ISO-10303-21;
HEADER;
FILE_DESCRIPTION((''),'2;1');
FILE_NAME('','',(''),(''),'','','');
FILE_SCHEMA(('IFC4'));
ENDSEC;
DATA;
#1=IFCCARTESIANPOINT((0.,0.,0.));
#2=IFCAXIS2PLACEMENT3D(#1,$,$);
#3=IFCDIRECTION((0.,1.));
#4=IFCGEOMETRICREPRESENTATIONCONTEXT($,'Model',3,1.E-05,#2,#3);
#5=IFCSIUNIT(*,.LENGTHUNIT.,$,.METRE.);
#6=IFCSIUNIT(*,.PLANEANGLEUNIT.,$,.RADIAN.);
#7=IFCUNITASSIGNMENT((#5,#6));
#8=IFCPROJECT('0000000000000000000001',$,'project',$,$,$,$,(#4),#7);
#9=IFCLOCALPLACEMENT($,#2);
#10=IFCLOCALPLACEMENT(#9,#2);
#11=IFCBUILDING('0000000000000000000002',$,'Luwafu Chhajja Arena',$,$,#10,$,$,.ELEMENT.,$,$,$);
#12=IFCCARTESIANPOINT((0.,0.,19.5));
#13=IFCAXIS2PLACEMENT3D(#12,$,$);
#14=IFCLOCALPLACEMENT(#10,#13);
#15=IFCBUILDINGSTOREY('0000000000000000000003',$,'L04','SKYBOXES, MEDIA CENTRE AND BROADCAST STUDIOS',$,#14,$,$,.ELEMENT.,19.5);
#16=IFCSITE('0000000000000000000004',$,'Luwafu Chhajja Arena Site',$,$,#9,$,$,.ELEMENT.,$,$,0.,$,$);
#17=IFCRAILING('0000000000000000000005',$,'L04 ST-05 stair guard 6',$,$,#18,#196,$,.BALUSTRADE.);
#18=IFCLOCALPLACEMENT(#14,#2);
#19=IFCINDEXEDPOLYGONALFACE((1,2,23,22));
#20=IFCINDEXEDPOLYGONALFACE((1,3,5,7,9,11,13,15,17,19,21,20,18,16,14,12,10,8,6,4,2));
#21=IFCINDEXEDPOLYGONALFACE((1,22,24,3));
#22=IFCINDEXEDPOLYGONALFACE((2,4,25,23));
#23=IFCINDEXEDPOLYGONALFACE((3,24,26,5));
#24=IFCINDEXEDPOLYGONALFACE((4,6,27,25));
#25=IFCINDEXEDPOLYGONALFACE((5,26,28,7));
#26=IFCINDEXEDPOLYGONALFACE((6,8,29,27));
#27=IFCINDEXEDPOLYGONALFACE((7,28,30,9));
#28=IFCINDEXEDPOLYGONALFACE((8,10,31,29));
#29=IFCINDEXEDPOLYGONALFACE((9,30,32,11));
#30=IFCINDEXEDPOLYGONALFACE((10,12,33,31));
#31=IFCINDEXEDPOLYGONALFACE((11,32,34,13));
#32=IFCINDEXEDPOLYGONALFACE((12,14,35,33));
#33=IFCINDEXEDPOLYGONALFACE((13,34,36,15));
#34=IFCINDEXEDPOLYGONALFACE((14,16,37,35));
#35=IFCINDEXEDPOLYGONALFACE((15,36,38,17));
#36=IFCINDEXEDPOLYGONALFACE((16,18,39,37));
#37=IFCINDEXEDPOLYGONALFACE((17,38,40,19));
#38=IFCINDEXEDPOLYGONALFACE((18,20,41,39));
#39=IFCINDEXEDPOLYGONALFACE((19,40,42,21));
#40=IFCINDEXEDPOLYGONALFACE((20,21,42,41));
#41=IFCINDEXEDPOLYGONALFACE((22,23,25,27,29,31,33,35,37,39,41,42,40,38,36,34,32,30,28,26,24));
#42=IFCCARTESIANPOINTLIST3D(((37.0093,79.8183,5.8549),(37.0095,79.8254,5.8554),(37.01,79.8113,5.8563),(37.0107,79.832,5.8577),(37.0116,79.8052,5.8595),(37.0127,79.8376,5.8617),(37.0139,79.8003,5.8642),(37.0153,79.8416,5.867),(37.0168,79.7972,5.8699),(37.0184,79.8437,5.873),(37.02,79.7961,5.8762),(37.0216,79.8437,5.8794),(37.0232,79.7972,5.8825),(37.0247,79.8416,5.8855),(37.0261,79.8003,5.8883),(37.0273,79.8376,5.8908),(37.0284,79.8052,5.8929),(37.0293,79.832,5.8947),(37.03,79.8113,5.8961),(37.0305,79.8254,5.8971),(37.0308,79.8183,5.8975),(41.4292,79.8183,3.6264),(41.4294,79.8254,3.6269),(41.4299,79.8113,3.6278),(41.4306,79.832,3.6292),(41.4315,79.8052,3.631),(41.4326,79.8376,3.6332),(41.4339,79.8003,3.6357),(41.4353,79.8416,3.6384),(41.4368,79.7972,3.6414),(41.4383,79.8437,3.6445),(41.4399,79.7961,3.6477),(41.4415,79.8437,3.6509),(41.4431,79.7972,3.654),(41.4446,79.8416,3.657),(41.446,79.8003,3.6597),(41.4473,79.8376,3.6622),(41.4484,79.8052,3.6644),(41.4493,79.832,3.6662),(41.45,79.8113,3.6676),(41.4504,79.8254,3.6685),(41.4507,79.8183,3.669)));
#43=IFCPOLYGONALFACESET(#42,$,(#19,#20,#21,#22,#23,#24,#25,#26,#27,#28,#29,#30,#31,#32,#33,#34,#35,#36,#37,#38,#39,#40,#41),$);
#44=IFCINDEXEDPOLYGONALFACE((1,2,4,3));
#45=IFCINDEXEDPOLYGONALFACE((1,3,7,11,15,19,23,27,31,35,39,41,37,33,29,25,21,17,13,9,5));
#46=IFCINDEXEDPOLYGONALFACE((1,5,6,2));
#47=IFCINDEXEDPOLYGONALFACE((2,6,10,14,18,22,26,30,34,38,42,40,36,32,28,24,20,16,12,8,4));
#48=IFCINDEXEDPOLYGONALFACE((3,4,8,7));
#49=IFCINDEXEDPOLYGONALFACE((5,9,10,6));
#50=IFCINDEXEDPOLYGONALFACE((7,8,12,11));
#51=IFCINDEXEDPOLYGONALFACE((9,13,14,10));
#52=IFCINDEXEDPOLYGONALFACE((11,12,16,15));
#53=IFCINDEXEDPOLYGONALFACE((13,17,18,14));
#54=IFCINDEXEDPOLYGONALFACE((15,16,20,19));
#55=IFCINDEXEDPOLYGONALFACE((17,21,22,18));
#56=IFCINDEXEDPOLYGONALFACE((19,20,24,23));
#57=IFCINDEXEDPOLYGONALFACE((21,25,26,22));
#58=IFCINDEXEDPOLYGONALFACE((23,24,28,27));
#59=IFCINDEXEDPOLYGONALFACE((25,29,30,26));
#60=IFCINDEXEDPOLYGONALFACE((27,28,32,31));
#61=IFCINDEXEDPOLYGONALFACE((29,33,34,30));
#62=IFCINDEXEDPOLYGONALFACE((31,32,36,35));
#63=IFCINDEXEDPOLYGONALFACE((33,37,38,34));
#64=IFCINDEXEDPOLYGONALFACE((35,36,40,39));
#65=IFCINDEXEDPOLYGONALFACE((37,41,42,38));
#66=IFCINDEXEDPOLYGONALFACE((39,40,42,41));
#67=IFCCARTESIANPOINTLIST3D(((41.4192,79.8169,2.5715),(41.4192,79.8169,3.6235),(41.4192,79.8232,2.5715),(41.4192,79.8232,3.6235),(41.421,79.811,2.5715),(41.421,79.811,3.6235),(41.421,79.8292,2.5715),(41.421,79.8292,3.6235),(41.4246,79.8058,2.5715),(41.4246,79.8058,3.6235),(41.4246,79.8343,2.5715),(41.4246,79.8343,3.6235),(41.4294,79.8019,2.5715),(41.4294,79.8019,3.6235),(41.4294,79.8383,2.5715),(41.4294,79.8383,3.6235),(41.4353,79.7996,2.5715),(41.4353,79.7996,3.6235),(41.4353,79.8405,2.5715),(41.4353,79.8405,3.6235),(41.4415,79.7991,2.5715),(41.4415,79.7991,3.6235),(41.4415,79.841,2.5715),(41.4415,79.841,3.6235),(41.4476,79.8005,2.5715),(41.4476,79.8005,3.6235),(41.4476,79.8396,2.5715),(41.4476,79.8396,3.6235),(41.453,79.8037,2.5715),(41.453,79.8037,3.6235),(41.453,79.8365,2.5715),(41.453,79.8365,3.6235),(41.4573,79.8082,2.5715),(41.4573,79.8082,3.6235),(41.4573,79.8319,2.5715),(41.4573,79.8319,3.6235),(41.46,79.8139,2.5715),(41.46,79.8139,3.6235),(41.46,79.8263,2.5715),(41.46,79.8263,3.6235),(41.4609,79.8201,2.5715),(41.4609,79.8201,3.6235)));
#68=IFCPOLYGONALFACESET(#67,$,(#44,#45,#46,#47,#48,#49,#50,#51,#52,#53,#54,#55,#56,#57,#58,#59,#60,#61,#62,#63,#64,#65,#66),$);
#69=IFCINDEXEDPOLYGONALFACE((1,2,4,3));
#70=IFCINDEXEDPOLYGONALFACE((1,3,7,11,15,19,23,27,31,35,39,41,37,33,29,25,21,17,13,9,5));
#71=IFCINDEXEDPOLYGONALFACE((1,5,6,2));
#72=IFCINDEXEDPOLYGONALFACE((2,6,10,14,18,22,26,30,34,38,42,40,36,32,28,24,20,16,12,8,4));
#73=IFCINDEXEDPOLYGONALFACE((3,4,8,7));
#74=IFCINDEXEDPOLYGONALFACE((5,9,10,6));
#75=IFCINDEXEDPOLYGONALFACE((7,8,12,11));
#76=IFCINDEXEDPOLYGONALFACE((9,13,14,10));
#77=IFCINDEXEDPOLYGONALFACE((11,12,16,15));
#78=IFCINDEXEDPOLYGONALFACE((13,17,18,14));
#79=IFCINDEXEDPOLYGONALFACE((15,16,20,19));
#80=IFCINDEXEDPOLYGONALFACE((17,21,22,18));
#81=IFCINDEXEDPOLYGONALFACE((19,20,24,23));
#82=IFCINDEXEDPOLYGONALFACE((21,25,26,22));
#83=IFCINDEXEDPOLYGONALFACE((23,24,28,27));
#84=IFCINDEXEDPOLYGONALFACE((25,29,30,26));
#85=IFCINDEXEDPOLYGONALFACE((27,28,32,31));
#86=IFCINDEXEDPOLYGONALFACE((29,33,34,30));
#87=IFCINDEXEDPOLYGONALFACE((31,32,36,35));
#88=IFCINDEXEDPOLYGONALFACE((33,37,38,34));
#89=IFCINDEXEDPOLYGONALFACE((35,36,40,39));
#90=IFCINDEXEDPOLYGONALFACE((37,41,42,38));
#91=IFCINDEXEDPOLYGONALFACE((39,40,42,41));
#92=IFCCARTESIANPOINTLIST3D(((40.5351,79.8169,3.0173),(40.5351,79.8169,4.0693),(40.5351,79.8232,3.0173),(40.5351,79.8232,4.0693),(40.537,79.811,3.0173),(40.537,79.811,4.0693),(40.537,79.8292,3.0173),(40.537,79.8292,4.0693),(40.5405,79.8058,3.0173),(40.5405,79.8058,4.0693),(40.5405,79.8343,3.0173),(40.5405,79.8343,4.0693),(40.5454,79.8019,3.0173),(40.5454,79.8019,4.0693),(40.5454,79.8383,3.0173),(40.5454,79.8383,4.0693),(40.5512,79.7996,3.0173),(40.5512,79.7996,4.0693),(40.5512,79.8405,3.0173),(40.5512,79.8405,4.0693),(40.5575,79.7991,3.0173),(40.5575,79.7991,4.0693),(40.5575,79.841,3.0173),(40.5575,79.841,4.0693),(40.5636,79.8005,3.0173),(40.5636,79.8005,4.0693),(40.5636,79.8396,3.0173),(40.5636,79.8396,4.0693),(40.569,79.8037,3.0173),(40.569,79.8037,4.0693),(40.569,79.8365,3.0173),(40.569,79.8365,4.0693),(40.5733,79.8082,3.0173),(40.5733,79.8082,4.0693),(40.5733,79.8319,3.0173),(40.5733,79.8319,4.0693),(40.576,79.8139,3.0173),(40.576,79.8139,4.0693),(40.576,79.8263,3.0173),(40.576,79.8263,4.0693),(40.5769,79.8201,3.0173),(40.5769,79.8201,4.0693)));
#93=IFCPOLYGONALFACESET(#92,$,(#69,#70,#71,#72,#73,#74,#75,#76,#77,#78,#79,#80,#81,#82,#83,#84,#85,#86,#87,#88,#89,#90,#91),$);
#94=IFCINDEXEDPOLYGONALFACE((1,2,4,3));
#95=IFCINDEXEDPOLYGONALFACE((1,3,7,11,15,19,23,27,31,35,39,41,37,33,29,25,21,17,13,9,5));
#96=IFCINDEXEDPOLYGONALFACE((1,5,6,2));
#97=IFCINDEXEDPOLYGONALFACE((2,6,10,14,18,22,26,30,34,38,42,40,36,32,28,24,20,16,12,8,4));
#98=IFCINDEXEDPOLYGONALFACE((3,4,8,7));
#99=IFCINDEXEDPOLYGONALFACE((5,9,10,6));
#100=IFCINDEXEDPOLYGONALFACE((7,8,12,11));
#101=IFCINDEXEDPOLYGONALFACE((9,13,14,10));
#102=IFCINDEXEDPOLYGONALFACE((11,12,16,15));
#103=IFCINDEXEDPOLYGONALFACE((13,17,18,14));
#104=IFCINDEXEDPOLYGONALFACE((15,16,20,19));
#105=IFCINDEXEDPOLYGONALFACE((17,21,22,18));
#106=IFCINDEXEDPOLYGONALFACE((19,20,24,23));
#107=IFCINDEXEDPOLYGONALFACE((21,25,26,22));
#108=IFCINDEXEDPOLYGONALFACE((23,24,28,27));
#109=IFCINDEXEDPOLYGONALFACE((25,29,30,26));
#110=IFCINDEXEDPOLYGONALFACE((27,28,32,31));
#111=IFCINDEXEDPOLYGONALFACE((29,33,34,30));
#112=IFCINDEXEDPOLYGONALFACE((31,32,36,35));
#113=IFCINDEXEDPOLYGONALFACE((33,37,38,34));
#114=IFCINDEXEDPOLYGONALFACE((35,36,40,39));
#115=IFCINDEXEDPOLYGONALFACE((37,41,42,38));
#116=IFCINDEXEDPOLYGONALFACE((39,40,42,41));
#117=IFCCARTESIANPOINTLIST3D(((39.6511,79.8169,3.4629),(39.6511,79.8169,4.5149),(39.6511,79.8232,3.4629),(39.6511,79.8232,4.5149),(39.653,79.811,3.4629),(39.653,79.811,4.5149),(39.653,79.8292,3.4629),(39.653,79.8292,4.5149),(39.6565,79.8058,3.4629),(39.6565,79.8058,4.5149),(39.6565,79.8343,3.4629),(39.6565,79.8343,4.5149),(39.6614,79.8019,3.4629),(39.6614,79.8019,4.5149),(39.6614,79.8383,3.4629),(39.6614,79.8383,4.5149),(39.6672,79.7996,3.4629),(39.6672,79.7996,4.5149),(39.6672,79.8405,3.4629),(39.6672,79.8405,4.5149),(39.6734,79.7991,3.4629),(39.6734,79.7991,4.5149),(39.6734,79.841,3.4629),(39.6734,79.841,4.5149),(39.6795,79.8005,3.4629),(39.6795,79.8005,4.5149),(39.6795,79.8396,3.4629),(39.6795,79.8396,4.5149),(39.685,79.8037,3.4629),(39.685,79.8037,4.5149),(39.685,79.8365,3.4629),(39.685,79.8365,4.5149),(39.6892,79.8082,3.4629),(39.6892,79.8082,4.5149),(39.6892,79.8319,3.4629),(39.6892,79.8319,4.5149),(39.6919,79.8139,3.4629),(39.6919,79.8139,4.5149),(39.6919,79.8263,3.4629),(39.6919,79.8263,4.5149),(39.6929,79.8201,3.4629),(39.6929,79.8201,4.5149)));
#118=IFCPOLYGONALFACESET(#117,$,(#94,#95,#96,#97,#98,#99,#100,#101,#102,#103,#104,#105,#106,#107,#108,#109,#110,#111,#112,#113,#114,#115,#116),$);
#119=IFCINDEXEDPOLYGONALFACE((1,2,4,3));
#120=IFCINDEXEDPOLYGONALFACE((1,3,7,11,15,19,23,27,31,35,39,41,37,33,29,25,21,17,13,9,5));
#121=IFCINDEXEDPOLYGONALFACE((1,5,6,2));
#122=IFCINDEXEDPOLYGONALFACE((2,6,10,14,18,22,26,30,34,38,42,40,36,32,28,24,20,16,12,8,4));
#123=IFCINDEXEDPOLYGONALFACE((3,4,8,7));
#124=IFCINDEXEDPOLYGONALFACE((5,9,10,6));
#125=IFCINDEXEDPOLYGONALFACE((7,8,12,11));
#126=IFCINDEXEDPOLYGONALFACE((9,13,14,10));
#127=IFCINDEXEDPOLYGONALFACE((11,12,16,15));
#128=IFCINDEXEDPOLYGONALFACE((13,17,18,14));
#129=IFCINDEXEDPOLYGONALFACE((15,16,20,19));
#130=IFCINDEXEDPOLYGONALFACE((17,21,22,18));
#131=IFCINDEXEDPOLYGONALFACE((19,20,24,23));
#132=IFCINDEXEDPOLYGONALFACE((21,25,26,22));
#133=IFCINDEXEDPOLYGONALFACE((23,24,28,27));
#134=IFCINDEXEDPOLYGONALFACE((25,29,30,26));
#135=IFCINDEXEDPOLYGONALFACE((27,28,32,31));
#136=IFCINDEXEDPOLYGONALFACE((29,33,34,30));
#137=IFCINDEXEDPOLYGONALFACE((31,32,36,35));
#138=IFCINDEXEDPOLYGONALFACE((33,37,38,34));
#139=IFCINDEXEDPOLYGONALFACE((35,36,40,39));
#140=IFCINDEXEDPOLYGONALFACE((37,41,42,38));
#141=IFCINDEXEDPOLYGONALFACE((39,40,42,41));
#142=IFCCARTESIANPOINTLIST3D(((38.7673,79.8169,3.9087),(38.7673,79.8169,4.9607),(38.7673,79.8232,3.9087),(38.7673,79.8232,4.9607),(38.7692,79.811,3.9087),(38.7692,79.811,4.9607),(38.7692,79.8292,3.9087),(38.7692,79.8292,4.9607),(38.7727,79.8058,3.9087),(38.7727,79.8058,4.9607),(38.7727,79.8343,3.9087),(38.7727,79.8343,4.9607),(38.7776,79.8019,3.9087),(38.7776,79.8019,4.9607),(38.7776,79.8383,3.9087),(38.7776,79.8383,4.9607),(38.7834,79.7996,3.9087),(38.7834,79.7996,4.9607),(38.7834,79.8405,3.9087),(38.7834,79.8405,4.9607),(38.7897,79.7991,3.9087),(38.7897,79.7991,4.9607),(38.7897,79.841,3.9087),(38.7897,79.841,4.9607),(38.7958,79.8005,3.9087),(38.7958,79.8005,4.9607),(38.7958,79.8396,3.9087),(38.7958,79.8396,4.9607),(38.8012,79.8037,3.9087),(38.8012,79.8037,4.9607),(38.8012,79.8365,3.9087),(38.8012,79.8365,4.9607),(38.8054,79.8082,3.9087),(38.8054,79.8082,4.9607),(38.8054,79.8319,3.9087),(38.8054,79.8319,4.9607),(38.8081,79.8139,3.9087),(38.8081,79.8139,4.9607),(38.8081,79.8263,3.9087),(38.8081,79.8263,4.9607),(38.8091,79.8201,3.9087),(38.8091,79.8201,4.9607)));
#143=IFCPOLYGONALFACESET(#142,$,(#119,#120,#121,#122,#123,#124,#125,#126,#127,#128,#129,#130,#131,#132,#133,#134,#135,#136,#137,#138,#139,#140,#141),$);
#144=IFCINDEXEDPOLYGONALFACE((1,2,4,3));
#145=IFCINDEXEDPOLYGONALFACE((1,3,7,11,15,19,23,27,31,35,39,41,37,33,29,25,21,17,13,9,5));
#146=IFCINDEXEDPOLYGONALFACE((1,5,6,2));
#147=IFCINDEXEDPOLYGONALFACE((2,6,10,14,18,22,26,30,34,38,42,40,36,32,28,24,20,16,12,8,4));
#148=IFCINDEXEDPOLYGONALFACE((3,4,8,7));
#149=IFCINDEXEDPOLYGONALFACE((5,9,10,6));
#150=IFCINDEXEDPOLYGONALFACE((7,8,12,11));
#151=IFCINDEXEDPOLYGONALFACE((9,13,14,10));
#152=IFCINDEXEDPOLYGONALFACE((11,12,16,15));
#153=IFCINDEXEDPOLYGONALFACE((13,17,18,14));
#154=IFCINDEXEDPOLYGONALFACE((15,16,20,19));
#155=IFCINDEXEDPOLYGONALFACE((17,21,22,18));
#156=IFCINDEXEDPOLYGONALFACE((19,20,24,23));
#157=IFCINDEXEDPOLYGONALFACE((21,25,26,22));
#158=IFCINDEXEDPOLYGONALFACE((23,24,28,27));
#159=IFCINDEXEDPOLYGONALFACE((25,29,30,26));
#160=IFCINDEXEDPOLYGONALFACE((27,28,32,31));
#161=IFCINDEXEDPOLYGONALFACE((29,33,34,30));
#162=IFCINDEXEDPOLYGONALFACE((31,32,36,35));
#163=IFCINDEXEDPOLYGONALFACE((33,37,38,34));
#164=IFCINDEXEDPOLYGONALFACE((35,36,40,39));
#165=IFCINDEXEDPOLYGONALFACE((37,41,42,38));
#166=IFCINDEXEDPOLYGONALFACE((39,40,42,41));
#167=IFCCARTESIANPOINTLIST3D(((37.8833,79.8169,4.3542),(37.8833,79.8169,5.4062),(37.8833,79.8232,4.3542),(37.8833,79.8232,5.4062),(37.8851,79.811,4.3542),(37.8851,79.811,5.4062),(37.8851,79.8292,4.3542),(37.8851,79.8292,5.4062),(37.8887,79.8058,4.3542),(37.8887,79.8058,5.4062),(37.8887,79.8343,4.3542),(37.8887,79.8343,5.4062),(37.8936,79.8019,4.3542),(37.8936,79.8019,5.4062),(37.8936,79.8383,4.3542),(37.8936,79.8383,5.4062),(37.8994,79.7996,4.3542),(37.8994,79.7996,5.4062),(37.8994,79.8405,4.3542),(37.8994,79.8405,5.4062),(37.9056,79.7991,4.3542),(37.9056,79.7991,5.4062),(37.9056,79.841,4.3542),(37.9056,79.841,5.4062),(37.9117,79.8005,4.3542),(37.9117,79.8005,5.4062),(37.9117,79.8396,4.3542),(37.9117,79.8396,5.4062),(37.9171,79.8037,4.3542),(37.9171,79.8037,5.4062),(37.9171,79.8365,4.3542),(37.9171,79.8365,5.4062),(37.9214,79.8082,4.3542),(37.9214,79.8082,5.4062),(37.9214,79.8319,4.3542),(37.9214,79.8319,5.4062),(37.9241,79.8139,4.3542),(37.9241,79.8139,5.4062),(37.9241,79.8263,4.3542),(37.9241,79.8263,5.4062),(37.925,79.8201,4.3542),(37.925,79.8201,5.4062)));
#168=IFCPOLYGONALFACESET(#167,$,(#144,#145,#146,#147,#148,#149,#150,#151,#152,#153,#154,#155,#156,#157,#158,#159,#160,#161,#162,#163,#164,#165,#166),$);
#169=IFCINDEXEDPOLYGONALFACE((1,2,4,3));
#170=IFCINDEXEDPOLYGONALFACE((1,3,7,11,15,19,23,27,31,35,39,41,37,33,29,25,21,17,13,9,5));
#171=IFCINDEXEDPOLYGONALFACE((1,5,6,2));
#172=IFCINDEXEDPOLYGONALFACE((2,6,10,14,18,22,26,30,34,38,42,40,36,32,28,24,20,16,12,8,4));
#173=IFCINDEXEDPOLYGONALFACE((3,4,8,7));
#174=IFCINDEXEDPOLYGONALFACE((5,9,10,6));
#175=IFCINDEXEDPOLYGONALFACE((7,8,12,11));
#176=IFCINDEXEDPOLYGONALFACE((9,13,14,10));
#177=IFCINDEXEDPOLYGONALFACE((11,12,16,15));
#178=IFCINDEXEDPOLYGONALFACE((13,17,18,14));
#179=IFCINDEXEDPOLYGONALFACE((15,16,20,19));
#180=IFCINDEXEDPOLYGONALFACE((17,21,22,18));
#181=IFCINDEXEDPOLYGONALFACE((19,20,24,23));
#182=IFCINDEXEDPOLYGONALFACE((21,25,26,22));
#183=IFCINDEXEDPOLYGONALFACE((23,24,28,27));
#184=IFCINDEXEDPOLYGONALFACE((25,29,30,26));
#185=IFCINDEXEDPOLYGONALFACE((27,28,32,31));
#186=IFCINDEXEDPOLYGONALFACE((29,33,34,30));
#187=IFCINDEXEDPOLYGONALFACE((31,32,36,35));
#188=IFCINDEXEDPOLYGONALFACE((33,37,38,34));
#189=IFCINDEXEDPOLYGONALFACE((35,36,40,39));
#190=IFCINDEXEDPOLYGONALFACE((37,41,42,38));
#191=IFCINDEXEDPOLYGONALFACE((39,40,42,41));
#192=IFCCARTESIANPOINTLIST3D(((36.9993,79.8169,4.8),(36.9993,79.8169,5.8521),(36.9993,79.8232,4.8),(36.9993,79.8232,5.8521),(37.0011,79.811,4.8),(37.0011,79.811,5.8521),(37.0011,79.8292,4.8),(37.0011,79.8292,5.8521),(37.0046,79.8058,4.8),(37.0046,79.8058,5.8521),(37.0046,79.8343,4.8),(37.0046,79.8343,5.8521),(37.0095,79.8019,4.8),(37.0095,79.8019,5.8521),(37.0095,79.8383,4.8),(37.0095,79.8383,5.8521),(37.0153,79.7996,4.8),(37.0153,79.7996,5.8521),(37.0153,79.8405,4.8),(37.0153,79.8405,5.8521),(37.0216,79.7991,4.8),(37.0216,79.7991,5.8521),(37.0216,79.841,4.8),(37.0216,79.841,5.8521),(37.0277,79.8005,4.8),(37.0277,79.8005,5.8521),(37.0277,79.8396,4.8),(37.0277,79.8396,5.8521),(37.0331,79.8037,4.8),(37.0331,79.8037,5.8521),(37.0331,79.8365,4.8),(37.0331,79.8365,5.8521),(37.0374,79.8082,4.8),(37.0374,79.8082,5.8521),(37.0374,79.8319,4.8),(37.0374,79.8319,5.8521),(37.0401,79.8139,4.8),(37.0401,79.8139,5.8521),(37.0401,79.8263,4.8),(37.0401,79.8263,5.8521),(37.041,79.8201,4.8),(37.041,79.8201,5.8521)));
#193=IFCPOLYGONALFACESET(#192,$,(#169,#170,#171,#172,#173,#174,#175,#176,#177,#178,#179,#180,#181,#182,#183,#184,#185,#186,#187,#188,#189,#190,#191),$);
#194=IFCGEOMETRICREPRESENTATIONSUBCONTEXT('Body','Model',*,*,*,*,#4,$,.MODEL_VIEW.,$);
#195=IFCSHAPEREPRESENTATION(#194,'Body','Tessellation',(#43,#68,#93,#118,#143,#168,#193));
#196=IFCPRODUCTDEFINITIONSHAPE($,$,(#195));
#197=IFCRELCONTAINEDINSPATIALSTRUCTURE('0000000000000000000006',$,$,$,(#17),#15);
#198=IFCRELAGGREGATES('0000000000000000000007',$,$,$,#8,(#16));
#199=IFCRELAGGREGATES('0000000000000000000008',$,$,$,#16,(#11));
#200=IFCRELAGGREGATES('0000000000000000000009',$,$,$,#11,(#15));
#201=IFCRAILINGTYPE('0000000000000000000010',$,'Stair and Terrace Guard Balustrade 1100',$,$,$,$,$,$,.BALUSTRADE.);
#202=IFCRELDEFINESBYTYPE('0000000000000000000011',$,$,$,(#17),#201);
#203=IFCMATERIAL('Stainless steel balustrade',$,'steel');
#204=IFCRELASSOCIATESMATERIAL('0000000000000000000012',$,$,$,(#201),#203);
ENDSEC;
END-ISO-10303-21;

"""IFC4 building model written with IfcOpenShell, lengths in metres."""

from ifc_helpers import new_model, si_unit, direction, frame, origin, origin_2d, place, context, subcontext, project, spatial, circle, extrude, material, type_object, element, save


model = new_model("IFC4")

# Units and contexts
model_context = context("Model", 3, precision=1e-05, world=origin(), true_north=direction((0.0, 1.0)))
body_context = subcontext(model_context, "Body", "Model", "MODEL_VIEW")
ifc_project = project(units=[si_unit("LENGTHUNIT", "METRE"), si_unit("PLANEANGLEUNIT", "RADIAN")], contexts=[model_context])

# Site, building, storey
site_placement = place(None, origin())
site = spatial("IfcSite", under=ifc_project, at=site_placement, Name="Luwafu Chhajja Arena Site", CompositionType="ELEMENT", RefElevation=0.0)
building_placement = place(site_placement, origin())
building = spatial("IfcBuilding", under=site, at=building_placement, Name="Luwafu Chhajja Arena", CompositionType="ELEMENT")
storey_placement = place(building_placement, frame((0.0, 0.0, 19.5)))
storey = spatial("IfcBuildingStorey", under=building, at=storey_placement, Name="L04", Description="SKYBOXES, MEDIA CENTRE AND BROADCAST STUDIOS", CompositionType="ELEMENT", Elevation=19.5)

# Railing
ifc_material_1 = material(Name="Stainless steel balustrade", Category="steel")
railing_type_1 = type_object("IfcRailingType", Name="Stair and Terrace Guard Balustrade 1100", PredefinedType="BALUSTRADE", material=ifc_material_1)
railing_1_placement = place(storey_placement, frame((41.4399, 79.8201, 2.5715)))
element("IfcRailing", 1, at=railing_1_placement, inside=storey, type_object=railing_type_1, Name="L04 ST-05 stair guard 6", PredefinedType="BALUSTRADE", context=body_context, shape_type="SweptSolid", body=[
    extrude(circle(Radius=0.0239, at=origin_2d()), frame((0.0, 0.0, 1.0762), z_axis=(-0.892923, 0.0, 0.45021), x_axis=(0.0, -1.0, 0.0)), (0.0, 0.0, 1.0), 4.95),
    extrude(circle(Radius=0.021, at=origin_2d()), origin(), (0.0, 0.0, 1.0), 1.052),
    extrude(circle(Radius=0.021, at=origin_2d()), frame((-0.884, 0.0, 0.4458)), (0.0, 0.0, 1.0), 1.052),
    extrude(circle(Radius=0.021, at=origin_2d()), frame((-1.7681, 0.0, 0.8914)), (0.0, 0.0, 1.0), 1.052),
    extrude(circle(Radius=0.021, at=origin_2d()), frame((-2.6519, 0.0, 1.3372)), (0.0, 0.0, 1.0), 1.052),
    extrude(circle(Radius=0.021, at=origin_2d()), frame((-3.5359, 0.0, 1.7827)), (0.0, 0.0, 1.0), 1.052),
    extrude(circle(Radius=0.021, at=origin_2d()), frame((-4.4199, 0.0, 2.2285)), (0.0, 0.0, 1.0), 1.052),
])

save(model, "model.ifc")
